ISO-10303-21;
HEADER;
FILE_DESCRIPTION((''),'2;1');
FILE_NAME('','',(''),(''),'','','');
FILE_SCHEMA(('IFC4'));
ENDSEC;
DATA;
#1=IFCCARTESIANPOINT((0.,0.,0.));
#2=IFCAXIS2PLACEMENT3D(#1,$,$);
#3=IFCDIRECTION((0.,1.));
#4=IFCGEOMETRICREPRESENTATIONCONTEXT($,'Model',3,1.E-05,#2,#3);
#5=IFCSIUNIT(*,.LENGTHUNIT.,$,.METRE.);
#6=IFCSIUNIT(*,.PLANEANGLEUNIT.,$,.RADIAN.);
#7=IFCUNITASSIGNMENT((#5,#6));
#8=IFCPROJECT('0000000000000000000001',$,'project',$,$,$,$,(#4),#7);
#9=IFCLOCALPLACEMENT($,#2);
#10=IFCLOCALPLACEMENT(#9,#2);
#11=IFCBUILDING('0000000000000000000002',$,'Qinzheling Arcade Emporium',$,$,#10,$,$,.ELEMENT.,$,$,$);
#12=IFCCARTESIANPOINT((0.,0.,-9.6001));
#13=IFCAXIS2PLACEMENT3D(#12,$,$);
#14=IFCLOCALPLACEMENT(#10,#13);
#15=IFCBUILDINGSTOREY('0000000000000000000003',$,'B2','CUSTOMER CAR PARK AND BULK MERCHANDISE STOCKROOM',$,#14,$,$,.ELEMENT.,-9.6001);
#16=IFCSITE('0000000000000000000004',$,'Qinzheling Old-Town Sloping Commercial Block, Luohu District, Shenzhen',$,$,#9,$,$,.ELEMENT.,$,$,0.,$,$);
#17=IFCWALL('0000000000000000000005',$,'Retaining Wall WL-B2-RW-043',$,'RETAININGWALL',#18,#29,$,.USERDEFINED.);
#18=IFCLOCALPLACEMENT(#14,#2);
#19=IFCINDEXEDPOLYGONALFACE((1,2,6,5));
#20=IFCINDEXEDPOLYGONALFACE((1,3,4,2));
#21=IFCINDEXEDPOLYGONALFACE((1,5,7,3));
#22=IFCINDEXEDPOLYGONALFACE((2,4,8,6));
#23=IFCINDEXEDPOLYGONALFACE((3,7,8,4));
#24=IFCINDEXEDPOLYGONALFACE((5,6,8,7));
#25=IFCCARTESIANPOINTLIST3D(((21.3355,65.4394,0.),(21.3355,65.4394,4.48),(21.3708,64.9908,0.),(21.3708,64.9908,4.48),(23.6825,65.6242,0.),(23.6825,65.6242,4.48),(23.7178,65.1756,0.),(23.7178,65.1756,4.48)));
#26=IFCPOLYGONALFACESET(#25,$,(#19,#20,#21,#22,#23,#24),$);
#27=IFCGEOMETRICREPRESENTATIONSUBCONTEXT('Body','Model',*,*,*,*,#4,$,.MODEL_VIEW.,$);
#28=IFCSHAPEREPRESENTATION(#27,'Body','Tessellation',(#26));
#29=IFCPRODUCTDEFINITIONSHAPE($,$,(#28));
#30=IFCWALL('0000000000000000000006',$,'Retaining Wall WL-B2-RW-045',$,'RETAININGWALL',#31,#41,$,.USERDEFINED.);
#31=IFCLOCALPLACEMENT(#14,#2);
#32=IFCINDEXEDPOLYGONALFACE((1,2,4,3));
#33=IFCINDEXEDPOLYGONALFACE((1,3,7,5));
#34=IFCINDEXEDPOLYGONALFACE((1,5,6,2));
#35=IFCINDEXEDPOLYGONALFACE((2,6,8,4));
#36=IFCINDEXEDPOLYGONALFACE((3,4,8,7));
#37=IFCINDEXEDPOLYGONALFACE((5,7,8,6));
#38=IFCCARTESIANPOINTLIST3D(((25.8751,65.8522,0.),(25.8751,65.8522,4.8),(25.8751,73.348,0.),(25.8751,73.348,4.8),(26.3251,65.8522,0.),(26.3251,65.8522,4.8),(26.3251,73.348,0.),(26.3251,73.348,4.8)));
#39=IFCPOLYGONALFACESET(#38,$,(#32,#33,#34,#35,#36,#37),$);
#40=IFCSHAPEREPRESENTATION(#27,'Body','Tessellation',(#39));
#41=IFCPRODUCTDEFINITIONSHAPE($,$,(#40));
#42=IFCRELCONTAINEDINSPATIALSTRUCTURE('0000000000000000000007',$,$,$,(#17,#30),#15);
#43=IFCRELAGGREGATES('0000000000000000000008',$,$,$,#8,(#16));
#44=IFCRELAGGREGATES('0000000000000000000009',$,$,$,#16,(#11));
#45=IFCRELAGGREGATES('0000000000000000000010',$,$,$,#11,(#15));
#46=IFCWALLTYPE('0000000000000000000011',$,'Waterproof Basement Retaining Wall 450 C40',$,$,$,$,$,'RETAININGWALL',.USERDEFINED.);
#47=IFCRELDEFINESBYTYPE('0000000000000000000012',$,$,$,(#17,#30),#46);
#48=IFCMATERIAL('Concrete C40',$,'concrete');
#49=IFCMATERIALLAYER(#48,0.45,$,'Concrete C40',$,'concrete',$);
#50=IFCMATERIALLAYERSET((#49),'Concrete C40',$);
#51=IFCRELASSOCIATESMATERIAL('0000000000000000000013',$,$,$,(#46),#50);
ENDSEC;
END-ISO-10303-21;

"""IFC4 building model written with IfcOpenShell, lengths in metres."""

from ifc_helpers import new_model, si_unit, direction, frame, frame_2d, origin, place, context, subcontext, project, spatial, rectangle, extrude, material, layer, layer_set, type_object, element, save


model = new_model("IFC4")

# Units and contexts
model_context = context("Model", 3, precision=1e-05, world=origin(), true_north=direction((0.0, 1.0)))
body_context = subcontext(model_context, "Body", "Model", "MODEL_VIEW")
ifc_project = project(units=[si_unit("LENGTHUNIT", "METRE"), si_unit("PLANEANGLEUNIT", "RADIAN")], contexts=[model_context])

# Site, building, storey
site_placement = place(None, origin())
site = spatial("IfcSite", under=ifc_project, at=site_placement, Name="Qinzheling Old-Town Sloping Commercial Block, Luohu District, Shenzhen", CompositionType="ELEMENT", RefElevation=0.0)
building_placement = place(site_placement, origin())
building = spatial("IfcBuilding", under=site, at=building_placement, Name="Qinzheling Arcade Emporium", CompositionType="ELEMENT")
storey_placement = place(building_placement, frame((0.0, 0.0, -9.6001)))
storey = spatial("IfcBuildingStorey", under=building, at=storey_placement, Name="B2", Description="CUSTOMER CAR PARK AND BULK MERCHANDISE STOCKROOM", CompositionType="ELEMENT", Elevation=-9.6001)

# Shared definitions
ifc_material_1 = material(Name="Concrete C40", Category="concrete")

# Walls
ifc_layer_1 = layer(ifc_material_1, 0.45, Name="Concrete C40", Category="concrete")
ifc_layer_set_1 = layer_set([ifc_layer_1], Name="Concrete C40")
wall_type_1 = type_object("IfcWallType", Name="Waterproof Basement Retaining Wall 450 C40", ElementType="RETAININGWALL", PredefinedType="USERDEFINED", material=ifc_layer_set_1)
wall_1_placement = place(storey_placement, frame((21.353, 65.2151, 0.0), z_axis=(0.0, 0.0, 1.0), x_axis=(0.996914, 0.078504, 0.0)))
element("IfcWall", 1, at=wall_1_placement, inside=storey, type_object=wall_type_1, Name="Retaining Wall WL-B2-RW-043", ObjectType="RETAININGWALL", PredefinedType="USERDEFINED", context=body_context, shape_type="SweptSolid", body=[
    extrude(rectangle(XDim=2.3542, YDim=0.45, at=frame_2d((1.1772, 0.0))), origin(), (0.0, 0.0, 1.0), 4.48),
])
wall_2_placement = place(storey_placement, frame((26.1001, 65.8521, 0.0), z_axis=(0.0, 0.0, 1.0), x_axis=(0.0, 1.0, 0.0)))
element("IfcWall", 2, at=wall_2_placement, inside=storey, type_object=wall_type_1, Name="Retaining Wall WL-B2-RW-045", ObjectType="RETAININGWALL", PredefinedType="USERDEFINED", context=body_context, shape_type="SweptSolid", body=[
    extrude(rectangle(XDim=7.4958, YDim=0.45, at=frame_2d((3.748, 0.0))), origin(), (0.0, 0.0, 1.0), 4.8),
])

save(model, "model.ifc")
